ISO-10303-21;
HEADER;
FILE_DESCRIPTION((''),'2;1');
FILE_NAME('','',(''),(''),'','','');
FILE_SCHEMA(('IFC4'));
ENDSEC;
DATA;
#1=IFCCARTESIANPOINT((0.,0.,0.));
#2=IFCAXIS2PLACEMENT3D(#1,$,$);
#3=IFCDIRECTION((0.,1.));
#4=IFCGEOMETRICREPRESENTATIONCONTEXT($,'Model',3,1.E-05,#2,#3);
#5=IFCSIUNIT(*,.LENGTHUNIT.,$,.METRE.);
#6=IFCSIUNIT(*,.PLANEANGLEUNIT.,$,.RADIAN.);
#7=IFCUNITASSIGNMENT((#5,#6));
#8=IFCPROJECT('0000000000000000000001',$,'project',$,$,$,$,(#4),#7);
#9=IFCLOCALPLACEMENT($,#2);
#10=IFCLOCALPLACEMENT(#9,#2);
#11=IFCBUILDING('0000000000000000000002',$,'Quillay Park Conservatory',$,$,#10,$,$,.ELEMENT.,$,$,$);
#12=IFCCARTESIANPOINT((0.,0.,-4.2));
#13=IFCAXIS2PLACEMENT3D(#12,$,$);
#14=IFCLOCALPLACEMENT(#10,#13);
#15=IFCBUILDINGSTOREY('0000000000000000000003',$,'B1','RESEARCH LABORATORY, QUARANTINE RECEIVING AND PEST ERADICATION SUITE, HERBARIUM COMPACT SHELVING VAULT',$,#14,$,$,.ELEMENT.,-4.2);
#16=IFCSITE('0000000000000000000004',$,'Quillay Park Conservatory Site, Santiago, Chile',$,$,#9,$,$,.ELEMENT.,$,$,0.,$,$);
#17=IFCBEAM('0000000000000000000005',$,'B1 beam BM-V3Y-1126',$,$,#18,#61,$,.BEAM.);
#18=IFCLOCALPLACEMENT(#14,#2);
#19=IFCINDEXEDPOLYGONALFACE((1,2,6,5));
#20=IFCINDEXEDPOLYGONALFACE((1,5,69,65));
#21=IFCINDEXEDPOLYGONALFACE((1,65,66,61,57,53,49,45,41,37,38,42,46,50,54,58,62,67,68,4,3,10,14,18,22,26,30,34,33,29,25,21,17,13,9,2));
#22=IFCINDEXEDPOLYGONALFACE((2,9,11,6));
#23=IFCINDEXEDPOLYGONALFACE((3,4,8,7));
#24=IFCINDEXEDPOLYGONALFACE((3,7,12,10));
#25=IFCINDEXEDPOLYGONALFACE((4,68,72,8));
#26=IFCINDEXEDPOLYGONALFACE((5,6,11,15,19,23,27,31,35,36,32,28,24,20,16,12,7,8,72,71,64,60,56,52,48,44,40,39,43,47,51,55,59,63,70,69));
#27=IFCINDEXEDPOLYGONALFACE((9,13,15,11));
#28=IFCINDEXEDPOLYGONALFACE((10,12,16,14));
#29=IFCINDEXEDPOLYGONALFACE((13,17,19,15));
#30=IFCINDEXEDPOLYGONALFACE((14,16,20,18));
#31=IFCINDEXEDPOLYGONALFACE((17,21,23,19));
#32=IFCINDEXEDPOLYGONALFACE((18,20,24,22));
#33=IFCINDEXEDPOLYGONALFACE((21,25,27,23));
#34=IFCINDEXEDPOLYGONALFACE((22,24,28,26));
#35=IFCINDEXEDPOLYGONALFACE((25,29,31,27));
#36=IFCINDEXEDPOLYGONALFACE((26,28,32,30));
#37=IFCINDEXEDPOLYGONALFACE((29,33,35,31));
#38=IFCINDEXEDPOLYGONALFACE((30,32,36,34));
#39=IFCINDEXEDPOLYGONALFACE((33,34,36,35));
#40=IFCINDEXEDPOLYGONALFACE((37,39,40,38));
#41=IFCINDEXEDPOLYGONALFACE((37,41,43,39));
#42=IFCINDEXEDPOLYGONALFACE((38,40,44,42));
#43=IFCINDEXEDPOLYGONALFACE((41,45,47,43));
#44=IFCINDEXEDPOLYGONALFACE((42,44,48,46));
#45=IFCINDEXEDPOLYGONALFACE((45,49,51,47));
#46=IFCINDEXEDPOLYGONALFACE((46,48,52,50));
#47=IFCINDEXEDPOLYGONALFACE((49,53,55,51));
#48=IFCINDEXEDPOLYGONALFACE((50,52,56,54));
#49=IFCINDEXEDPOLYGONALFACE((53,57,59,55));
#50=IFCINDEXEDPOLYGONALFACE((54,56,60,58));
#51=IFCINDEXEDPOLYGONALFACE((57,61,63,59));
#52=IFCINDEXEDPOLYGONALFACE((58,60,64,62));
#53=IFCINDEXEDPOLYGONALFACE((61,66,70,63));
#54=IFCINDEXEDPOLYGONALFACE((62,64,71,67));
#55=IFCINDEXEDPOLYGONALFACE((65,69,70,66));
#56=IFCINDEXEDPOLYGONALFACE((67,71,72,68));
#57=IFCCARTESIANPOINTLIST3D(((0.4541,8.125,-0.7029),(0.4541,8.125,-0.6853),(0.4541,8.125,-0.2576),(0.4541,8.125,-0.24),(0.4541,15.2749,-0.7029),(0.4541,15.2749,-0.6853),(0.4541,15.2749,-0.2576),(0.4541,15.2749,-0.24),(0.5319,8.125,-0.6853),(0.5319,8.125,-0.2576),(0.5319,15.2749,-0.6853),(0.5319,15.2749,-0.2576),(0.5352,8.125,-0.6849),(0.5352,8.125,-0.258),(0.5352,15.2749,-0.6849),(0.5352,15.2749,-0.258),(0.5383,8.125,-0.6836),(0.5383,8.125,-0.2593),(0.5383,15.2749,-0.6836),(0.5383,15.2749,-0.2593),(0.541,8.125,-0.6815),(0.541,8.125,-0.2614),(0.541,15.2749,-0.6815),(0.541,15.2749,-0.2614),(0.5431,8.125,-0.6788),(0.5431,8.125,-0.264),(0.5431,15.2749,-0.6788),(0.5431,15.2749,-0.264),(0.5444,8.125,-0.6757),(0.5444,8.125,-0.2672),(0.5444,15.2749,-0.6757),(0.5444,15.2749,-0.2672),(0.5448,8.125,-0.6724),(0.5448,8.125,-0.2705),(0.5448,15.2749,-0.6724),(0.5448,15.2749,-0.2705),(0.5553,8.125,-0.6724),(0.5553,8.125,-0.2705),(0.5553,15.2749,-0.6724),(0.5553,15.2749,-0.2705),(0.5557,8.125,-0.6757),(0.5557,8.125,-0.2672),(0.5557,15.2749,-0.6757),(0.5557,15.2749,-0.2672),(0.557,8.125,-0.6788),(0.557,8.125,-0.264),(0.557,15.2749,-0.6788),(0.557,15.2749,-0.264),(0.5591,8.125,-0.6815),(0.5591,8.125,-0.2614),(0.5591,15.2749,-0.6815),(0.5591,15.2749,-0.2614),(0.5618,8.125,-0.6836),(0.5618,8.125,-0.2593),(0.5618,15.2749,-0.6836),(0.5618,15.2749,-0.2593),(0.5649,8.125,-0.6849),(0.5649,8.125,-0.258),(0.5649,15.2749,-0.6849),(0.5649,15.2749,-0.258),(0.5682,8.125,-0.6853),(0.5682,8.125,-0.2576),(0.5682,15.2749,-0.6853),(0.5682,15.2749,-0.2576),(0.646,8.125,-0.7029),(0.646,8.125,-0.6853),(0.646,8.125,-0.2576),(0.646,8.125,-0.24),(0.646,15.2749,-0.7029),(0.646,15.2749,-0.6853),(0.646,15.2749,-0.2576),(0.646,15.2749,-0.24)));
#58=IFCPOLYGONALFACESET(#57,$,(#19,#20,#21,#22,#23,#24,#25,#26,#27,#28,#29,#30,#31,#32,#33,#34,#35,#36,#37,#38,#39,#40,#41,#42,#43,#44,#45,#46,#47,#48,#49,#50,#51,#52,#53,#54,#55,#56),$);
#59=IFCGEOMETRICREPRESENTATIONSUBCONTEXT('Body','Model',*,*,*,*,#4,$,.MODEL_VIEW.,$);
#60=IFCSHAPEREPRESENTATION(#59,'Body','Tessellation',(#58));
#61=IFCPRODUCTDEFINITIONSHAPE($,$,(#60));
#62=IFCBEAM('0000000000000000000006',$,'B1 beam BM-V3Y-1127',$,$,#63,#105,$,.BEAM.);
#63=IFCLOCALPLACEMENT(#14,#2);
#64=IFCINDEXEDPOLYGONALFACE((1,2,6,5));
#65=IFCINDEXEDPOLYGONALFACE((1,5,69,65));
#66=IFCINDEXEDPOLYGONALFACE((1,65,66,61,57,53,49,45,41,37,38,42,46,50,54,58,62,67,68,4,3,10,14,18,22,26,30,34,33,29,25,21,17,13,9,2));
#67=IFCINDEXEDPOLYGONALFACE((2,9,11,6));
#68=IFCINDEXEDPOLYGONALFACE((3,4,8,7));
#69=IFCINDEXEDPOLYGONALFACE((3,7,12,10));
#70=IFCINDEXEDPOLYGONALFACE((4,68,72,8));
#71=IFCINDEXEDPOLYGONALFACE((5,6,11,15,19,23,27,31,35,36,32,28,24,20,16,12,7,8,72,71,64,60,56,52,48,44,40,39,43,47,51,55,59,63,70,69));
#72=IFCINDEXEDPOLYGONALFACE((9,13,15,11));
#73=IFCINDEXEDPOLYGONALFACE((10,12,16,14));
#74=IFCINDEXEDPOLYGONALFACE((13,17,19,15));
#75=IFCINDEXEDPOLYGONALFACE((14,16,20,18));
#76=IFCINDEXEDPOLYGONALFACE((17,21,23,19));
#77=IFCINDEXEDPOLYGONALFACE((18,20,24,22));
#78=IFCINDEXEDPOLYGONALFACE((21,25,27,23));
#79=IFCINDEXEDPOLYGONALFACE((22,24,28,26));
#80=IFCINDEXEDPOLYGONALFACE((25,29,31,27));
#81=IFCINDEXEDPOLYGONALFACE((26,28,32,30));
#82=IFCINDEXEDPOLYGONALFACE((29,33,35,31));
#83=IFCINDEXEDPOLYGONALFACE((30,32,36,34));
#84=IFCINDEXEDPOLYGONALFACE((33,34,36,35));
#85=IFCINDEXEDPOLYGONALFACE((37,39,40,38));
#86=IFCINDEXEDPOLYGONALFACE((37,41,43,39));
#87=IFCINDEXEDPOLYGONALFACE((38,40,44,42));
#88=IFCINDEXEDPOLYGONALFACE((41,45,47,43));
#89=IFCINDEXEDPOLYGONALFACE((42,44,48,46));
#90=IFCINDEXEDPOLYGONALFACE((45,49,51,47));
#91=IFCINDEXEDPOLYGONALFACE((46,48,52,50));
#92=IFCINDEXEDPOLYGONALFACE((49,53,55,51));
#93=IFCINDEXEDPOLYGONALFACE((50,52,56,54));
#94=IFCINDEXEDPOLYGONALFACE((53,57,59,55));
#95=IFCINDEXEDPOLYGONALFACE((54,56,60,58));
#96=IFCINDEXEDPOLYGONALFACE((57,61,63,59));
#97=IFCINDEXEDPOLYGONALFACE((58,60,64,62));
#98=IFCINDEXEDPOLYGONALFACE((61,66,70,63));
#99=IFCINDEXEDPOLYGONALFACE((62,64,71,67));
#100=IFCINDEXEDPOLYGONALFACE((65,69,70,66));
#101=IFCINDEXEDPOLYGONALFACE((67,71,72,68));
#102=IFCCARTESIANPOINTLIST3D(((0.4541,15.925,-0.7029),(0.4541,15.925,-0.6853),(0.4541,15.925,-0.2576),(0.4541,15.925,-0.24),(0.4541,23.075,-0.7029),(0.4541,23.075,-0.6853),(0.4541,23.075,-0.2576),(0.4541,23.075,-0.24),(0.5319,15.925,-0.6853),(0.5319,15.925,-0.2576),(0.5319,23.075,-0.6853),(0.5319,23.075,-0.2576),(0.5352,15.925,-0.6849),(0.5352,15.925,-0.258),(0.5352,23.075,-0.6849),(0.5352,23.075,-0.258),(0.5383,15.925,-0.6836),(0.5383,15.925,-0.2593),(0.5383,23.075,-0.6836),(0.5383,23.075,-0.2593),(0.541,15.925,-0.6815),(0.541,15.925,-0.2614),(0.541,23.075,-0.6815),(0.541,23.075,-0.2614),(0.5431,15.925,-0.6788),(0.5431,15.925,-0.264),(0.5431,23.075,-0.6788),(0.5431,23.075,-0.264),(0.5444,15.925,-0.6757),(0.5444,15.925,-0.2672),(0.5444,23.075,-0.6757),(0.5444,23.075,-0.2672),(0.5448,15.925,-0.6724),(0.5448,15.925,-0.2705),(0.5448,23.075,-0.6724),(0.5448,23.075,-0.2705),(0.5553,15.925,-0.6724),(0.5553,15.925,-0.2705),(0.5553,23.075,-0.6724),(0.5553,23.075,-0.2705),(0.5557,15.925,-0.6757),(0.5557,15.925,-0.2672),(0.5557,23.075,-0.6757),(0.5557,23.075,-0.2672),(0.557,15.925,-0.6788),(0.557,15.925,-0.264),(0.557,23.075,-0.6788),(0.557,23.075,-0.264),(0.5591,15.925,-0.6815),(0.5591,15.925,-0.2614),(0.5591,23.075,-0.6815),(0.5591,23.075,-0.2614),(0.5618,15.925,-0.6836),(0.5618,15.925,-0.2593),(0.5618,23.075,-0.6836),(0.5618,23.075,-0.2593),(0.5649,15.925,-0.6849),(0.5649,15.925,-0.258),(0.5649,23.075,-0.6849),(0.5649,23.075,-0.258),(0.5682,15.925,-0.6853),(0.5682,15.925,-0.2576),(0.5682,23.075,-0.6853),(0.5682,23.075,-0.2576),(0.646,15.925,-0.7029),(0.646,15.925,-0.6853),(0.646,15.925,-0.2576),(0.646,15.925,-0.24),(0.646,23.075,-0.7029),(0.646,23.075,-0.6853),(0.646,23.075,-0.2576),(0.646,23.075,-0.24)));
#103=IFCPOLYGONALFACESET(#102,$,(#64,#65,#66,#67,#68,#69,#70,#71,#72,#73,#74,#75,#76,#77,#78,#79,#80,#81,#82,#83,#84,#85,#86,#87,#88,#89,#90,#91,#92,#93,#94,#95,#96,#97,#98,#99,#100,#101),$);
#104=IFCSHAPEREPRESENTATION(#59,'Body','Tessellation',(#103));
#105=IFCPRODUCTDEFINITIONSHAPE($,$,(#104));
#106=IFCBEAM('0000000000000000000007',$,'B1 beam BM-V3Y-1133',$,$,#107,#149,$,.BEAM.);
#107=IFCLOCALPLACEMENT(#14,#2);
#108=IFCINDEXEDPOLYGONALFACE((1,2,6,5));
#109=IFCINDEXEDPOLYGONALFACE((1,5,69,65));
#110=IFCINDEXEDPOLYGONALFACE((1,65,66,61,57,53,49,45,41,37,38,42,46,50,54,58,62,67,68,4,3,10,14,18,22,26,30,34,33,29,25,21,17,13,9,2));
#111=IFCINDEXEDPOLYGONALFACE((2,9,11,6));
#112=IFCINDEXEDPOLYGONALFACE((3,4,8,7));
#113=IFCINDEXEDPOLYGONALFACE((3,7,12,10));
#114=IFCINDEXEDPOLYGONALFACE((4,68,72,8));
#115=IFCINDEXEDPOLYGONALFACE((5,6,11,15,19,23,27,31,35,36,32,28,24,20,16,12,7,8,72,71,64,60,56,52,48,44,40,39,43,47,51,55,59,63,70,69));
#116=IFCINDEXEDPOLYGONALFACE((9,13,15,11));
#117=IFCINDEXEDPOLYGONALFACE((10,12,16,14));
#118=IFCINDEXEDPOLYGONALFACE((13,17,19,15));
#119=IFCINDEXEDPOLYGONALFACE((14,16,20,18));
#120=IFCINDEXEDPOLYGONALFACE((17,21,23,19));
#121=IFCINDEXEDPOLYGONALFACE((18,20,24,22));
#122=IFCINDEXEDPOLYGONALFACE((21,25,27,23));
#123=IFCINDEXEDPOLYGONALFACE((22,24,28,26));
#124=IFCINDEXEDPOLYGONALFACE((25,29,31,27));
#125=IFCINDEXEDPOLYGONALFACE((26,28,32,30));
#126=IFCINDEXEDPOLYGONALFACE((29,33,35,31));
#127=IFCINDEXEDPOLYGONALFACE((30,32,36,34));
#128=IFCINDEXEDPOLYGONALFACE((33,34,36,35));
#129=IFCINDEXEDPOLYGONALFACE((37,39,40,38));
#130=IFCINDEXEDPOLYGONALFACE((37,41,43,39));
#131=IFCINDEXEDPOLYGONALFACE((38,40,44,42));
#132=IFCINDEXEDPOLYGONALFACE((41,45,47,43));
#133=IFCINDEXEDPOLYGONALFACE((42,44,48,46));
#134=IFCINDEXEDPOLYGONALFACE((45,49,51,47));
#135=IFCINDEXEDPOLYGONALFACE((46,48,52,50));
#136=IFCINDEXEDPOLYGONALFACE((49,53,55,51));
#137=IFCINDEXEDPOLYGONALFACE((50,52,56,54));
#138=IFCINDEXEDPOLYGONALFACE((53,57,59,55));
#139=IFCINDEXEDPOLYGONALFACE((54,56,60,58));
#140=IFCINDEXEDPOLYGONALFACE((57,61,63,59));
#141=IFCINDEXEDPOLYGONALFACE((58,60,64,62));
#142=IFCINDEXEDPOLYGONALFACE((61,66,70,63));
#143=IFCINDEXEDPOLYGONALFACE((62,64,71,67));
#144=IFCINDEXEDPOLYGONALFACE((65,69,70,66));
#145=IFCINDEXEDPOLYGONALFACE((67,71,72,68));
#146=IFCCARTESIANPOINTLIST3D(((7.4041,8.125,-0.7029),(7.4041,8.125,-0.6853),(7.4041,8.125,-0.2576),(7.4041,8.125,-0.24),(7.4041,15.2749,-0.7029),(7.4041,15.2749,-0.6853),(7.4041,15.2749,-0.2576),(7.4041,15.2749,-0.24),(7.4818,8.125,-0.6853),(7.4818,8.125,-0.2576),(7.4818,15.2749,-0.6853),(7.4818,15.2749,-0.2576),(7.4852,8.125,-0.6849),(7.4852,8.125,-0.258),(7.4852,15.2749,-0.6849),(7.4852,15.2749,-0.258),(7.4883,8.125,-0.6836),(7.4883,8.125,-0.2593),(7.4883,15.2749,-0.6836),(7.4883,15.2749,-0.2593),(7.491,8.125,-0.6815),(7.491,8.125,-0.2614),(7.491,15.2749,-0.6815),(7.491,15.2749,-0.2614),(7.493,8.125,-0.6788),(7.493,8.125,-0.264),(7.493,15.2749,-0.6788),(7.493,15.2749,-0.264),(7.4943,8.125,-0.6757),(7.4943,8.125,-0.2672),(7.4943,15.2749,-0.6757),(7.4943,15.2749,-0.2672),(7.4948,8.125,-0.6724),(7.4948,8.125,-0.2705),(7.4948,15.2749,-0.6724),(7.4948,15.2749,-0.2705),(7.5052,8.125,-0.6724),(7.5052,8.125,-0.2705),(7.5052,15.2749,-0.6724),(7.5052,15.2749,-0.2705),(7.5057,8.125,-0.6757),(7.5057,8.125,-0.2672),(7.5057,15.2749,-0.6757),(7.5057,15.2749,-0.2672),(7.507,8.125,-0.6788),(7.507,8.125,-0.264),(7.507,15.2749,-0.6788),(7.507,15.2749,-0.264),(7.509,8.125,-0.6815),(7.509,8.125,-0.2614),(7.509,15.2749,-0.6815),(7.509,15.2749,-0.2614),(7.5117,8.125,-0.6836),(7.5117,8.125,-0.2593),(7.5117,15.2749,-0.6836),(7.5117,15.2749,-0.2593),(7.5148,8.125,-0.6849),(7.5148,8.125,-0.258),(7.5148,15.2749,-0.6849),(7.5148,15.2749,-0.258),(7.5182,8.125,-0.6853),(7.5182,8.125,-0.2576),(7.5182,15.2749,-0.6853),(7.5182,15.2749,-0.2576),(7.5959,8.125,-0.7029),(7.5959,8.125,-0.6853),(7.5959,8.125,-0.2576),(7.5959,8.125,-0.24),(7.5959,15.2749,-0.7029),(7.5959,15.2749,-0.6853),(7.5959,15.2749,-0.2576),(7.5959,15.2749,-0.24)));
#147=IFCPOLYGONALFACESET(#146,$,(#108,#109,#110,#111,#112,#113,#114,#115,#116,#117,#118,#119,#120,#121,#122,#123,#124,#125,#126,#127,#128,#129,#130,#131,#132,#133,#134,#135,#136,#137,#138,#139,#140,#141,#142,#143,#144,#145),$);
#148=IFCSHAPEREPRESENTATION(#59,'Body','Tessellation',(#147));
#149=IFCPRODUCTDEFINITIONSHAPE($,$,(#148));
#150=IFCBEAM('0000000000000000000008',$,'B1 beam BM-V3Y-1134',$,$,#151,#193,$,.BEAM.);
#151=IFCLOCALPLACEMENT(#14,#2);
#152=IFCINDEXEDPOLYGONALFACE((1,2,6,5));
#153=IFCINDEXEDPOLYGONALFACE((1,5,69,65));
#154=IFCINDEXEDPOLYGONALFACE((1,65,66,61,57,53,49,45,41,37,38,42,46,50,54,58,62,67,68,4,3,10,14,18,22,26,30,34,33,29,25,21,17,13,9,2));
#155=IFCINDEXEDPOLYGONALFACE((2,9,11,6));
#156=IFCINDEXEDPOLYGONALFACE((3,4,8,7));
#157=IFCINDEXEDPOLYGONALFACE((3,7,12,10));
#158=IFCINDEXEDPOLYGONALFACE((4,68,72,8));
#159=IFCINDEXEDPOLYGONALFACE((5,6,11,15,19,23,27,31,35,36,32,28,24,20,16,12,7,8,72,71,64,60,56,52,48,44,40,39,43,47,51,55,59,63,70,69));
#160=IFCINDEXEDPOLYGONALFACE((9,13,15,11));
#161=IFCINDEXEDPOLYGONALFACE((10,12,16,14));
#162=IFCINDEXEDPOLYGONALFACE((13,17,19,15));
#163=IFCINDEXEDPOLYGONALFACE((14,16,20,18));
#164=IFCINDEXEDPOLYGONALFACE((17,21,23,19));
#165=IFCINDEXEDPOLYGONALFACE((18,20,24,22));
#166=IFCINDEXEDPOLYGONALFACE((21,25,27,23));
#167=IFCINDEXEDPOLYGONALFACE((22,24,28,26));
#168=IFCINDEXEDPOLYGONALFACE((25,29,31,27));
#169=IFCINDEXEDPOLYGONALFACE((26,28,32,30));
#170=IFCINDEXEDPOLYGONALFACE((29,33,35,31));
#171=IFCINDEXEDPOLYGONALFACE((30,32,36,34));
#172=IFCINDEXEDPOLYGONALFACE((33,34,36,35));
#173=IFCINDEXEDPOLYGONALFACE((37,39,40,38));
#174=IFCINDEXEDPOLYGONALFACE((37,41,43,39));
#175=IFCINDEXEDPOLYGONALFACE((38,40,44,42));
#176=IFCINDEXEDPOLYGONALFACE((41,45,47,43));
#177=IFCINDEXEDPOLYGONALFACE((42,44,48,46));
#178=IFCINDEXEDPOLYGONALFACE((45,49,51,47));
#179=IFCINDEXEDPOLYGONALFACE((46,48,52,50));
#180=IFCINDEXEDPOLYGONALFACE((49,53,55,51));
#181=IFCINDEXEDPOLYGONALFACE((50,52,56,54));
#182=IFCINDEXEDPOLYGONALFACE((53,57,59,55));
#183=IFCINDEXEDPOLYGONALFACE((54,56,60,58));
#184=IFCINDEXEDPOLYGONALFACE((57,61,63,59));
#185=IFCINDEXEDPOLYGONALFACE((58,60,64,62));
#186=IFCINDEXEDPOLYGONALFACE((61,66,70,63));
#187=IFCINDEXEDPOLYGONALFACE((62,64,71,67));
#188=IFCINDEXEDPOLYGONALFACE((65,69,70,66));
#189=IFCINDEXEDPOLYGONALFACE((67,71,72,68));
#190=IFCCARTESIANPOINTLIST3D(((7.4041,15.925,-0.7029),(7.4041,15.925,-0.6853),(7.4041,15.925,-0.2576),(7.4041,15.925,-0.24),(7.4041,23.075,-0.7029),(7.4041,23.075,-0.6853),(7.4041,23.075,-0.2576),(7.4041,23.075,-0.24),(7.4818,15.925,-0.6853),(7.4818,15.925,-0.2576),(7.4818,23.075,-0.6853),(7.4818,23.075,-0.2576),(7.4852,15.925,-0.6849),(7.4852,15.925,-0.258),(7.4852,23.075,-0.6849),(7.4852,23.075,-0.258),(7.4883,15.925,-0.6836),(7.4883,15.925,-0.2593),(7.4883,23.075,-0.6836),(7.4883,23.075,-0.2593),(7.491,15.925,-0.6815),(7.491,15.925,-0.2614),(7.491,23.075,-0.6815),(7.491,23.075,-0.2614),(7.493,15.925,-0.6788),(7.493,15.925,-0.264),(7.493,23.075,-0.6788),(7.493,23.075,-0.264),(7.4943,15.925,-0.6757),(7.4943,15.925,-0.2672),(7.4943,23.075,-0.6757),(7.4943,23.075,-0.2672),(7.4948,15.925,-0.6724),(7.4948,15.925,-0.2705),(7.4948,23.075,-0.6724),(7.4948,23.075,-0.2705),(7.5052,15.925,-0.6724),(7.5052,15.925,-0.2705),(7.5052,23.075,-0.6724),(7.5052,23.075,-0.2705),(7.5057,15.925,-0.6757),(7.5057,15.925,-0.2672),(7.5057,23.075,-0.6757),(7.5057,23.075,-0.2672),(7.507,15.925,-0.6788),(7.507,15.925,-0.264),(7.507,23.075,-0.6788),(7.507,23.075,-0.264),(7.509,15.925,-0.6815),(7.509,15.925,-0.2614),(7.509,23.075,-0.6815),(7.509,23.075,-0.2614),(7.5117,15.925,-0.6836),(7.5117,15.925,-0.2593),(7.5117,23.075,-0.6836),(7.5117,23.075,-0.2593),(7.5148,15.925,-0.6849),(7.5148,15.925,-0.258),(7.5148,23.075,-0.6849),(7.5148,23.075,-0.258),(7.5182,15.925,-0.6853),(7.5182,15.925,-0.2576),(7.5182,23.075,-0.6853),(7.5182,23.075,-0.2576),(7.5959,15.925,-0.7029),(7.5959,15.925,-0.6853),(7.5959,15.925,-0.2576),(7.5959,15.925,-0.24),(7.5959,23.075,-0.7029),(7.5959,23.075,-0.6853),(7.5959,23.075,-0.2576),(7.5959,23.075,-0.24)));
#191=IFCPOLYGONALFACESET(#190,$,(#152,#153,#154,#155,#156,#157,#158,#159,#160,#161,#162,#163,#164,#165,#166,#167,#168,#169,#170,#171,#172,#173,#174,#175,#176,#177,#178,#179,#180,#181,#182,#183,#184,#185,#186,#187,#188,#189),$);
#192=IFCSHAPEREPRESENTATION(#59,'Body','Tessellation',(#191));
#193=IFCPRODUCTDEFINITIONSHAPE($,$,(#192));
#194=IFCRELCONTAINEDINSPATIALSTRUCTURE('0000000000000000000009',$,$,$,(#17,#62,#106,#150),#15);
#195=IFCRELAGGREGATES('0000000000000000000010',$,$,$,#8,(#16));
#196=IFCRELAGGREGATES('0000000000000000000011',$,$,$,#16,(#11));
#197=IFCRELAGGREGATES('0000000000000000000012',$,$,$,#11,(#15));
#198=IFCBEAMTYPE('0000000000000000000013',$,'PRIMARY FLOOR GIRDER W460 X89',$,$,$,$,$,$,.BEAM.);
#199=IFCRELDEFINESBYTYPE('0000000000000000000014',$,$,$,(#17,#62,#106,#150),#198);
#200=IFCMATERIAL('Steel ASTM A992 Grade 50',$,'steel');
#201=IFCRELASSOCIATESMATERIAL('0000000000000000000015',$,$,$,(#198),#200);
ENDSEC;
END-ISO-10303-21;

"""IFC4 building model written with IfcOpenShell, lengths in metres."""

from ifc_helpers import new_model, si_unit, direction, frame, origin, origin_2d, place, context, subcontext, project, spatial, i_section, extrude, material, material_profile, profile_set, type_object, element, save


model = new_model("IFC4")

# Units and contexts
model_context = context("Model", 3, precision=1e-05, world=origin(), true_north=direction((0.0, 1.0)))
body_context = subcontext(model_context, "Body", "Model", "MODEL_VIEW")
ifc_project = project(units=[si_unit("LENGTHUNIT", "METRE"), si_unit("PLANEANGLEUNIT", "RADIAN")], contexts=[model_context])

# Site, building, storey
site_placement = place(None, origin())
site = spatial("IfcSite", under=ifc_project, at=site_placement, Name="Quillay Park Conservatory Site, Santiago, Chile", CompositionType="ELEMENT", RefElevation=0.0)
building_placement = place(site_placement, origin())
building = spatial("IfcBuilding", under=site, at=building_placement, Name="Quillay Park Conservatory", CompositionType="ELEMENT")
storey_placement = place(building_placement, frame((0.0, 0.0, -4.2)))
storey = spatial("IfcBuildingStorey", under=building, at=storey_placement, Name="B1", Description="RESEARCH LABORATORY, QUARANTINE RECEIVING AND PEST ERADICATION SUITE, HERBARIUM COMPACT SHELVING VAULT", CompositionType="ELEMENT", Elevation=-4.2)

# Beams
ifc_material_1 = material(Name="Steel ASTM A992 Grade 50", Category="steel")
ifc_material_profile_1 = material_profile(ifc_material_1, i_section(OverallWidth=0.1919, OverallDepth=0.4629, WebThickness=0.0105, FlangeThickness=0.0176, FilletRadius=0.0129, at=origin_2d()), Name="W460x89")
ifc_profile_set_1 = profile_set([ifc_material_profile_1], Name="Steel ASTM A992 Grade 50")
beam_type_1 = type_object("IfcBeamType", Name="PRIMARY FLOOR GIRDER W460 X89", PredefinedType="BEAM", material=ifc_profile_set_1)
for number, where, z_axis, x_axis, name in (
    (1, (0.55, 8.125, -0.4714), (0.0, 1.0, 0.0), (-1.0, 0.0, 0.0), "B1 beam BM-V3Y-1126"),
    (2, (0.55, 15.925, -0.4714), (0.0, 1.0, 0.0), (-1.0, 0.0, 0.0), "B1 beam BM-V3Y-1127"),
    (3, (7.5, 8.125, -0.4714), (0.0, 1.0, 0.0), (-1.0, 0.0, 0.0), "B1 beam BM-V3Y-1133"),
    (4, (7.5, 15.925, -0.4714), (0.0, 1.0, 0.0), (-1.0, 0.0, 0.0), "B1 beam BM-V3Y-1134"),
):
    element("IfcBeam", number, at=place(storey_placement, frame(where, z_axis=z_axis, x_axis=x_axis)), inside=storey, type_object=beam_type_1, Name=name, PredefinedType="BEAM", context=body_context, shape_type="SweptSolid", body=[
        extrude(i_section(OverallWidth=0.1919, OverallDepth=0.4629, WebThickness=0.0105, FlangeThickness=0.0176, FilletRadius=0.0129, at=origin_2d()), origin(), (0.0, 0.0, 1.0), 7.1499),
    ])

save(model, "model.ifc")
